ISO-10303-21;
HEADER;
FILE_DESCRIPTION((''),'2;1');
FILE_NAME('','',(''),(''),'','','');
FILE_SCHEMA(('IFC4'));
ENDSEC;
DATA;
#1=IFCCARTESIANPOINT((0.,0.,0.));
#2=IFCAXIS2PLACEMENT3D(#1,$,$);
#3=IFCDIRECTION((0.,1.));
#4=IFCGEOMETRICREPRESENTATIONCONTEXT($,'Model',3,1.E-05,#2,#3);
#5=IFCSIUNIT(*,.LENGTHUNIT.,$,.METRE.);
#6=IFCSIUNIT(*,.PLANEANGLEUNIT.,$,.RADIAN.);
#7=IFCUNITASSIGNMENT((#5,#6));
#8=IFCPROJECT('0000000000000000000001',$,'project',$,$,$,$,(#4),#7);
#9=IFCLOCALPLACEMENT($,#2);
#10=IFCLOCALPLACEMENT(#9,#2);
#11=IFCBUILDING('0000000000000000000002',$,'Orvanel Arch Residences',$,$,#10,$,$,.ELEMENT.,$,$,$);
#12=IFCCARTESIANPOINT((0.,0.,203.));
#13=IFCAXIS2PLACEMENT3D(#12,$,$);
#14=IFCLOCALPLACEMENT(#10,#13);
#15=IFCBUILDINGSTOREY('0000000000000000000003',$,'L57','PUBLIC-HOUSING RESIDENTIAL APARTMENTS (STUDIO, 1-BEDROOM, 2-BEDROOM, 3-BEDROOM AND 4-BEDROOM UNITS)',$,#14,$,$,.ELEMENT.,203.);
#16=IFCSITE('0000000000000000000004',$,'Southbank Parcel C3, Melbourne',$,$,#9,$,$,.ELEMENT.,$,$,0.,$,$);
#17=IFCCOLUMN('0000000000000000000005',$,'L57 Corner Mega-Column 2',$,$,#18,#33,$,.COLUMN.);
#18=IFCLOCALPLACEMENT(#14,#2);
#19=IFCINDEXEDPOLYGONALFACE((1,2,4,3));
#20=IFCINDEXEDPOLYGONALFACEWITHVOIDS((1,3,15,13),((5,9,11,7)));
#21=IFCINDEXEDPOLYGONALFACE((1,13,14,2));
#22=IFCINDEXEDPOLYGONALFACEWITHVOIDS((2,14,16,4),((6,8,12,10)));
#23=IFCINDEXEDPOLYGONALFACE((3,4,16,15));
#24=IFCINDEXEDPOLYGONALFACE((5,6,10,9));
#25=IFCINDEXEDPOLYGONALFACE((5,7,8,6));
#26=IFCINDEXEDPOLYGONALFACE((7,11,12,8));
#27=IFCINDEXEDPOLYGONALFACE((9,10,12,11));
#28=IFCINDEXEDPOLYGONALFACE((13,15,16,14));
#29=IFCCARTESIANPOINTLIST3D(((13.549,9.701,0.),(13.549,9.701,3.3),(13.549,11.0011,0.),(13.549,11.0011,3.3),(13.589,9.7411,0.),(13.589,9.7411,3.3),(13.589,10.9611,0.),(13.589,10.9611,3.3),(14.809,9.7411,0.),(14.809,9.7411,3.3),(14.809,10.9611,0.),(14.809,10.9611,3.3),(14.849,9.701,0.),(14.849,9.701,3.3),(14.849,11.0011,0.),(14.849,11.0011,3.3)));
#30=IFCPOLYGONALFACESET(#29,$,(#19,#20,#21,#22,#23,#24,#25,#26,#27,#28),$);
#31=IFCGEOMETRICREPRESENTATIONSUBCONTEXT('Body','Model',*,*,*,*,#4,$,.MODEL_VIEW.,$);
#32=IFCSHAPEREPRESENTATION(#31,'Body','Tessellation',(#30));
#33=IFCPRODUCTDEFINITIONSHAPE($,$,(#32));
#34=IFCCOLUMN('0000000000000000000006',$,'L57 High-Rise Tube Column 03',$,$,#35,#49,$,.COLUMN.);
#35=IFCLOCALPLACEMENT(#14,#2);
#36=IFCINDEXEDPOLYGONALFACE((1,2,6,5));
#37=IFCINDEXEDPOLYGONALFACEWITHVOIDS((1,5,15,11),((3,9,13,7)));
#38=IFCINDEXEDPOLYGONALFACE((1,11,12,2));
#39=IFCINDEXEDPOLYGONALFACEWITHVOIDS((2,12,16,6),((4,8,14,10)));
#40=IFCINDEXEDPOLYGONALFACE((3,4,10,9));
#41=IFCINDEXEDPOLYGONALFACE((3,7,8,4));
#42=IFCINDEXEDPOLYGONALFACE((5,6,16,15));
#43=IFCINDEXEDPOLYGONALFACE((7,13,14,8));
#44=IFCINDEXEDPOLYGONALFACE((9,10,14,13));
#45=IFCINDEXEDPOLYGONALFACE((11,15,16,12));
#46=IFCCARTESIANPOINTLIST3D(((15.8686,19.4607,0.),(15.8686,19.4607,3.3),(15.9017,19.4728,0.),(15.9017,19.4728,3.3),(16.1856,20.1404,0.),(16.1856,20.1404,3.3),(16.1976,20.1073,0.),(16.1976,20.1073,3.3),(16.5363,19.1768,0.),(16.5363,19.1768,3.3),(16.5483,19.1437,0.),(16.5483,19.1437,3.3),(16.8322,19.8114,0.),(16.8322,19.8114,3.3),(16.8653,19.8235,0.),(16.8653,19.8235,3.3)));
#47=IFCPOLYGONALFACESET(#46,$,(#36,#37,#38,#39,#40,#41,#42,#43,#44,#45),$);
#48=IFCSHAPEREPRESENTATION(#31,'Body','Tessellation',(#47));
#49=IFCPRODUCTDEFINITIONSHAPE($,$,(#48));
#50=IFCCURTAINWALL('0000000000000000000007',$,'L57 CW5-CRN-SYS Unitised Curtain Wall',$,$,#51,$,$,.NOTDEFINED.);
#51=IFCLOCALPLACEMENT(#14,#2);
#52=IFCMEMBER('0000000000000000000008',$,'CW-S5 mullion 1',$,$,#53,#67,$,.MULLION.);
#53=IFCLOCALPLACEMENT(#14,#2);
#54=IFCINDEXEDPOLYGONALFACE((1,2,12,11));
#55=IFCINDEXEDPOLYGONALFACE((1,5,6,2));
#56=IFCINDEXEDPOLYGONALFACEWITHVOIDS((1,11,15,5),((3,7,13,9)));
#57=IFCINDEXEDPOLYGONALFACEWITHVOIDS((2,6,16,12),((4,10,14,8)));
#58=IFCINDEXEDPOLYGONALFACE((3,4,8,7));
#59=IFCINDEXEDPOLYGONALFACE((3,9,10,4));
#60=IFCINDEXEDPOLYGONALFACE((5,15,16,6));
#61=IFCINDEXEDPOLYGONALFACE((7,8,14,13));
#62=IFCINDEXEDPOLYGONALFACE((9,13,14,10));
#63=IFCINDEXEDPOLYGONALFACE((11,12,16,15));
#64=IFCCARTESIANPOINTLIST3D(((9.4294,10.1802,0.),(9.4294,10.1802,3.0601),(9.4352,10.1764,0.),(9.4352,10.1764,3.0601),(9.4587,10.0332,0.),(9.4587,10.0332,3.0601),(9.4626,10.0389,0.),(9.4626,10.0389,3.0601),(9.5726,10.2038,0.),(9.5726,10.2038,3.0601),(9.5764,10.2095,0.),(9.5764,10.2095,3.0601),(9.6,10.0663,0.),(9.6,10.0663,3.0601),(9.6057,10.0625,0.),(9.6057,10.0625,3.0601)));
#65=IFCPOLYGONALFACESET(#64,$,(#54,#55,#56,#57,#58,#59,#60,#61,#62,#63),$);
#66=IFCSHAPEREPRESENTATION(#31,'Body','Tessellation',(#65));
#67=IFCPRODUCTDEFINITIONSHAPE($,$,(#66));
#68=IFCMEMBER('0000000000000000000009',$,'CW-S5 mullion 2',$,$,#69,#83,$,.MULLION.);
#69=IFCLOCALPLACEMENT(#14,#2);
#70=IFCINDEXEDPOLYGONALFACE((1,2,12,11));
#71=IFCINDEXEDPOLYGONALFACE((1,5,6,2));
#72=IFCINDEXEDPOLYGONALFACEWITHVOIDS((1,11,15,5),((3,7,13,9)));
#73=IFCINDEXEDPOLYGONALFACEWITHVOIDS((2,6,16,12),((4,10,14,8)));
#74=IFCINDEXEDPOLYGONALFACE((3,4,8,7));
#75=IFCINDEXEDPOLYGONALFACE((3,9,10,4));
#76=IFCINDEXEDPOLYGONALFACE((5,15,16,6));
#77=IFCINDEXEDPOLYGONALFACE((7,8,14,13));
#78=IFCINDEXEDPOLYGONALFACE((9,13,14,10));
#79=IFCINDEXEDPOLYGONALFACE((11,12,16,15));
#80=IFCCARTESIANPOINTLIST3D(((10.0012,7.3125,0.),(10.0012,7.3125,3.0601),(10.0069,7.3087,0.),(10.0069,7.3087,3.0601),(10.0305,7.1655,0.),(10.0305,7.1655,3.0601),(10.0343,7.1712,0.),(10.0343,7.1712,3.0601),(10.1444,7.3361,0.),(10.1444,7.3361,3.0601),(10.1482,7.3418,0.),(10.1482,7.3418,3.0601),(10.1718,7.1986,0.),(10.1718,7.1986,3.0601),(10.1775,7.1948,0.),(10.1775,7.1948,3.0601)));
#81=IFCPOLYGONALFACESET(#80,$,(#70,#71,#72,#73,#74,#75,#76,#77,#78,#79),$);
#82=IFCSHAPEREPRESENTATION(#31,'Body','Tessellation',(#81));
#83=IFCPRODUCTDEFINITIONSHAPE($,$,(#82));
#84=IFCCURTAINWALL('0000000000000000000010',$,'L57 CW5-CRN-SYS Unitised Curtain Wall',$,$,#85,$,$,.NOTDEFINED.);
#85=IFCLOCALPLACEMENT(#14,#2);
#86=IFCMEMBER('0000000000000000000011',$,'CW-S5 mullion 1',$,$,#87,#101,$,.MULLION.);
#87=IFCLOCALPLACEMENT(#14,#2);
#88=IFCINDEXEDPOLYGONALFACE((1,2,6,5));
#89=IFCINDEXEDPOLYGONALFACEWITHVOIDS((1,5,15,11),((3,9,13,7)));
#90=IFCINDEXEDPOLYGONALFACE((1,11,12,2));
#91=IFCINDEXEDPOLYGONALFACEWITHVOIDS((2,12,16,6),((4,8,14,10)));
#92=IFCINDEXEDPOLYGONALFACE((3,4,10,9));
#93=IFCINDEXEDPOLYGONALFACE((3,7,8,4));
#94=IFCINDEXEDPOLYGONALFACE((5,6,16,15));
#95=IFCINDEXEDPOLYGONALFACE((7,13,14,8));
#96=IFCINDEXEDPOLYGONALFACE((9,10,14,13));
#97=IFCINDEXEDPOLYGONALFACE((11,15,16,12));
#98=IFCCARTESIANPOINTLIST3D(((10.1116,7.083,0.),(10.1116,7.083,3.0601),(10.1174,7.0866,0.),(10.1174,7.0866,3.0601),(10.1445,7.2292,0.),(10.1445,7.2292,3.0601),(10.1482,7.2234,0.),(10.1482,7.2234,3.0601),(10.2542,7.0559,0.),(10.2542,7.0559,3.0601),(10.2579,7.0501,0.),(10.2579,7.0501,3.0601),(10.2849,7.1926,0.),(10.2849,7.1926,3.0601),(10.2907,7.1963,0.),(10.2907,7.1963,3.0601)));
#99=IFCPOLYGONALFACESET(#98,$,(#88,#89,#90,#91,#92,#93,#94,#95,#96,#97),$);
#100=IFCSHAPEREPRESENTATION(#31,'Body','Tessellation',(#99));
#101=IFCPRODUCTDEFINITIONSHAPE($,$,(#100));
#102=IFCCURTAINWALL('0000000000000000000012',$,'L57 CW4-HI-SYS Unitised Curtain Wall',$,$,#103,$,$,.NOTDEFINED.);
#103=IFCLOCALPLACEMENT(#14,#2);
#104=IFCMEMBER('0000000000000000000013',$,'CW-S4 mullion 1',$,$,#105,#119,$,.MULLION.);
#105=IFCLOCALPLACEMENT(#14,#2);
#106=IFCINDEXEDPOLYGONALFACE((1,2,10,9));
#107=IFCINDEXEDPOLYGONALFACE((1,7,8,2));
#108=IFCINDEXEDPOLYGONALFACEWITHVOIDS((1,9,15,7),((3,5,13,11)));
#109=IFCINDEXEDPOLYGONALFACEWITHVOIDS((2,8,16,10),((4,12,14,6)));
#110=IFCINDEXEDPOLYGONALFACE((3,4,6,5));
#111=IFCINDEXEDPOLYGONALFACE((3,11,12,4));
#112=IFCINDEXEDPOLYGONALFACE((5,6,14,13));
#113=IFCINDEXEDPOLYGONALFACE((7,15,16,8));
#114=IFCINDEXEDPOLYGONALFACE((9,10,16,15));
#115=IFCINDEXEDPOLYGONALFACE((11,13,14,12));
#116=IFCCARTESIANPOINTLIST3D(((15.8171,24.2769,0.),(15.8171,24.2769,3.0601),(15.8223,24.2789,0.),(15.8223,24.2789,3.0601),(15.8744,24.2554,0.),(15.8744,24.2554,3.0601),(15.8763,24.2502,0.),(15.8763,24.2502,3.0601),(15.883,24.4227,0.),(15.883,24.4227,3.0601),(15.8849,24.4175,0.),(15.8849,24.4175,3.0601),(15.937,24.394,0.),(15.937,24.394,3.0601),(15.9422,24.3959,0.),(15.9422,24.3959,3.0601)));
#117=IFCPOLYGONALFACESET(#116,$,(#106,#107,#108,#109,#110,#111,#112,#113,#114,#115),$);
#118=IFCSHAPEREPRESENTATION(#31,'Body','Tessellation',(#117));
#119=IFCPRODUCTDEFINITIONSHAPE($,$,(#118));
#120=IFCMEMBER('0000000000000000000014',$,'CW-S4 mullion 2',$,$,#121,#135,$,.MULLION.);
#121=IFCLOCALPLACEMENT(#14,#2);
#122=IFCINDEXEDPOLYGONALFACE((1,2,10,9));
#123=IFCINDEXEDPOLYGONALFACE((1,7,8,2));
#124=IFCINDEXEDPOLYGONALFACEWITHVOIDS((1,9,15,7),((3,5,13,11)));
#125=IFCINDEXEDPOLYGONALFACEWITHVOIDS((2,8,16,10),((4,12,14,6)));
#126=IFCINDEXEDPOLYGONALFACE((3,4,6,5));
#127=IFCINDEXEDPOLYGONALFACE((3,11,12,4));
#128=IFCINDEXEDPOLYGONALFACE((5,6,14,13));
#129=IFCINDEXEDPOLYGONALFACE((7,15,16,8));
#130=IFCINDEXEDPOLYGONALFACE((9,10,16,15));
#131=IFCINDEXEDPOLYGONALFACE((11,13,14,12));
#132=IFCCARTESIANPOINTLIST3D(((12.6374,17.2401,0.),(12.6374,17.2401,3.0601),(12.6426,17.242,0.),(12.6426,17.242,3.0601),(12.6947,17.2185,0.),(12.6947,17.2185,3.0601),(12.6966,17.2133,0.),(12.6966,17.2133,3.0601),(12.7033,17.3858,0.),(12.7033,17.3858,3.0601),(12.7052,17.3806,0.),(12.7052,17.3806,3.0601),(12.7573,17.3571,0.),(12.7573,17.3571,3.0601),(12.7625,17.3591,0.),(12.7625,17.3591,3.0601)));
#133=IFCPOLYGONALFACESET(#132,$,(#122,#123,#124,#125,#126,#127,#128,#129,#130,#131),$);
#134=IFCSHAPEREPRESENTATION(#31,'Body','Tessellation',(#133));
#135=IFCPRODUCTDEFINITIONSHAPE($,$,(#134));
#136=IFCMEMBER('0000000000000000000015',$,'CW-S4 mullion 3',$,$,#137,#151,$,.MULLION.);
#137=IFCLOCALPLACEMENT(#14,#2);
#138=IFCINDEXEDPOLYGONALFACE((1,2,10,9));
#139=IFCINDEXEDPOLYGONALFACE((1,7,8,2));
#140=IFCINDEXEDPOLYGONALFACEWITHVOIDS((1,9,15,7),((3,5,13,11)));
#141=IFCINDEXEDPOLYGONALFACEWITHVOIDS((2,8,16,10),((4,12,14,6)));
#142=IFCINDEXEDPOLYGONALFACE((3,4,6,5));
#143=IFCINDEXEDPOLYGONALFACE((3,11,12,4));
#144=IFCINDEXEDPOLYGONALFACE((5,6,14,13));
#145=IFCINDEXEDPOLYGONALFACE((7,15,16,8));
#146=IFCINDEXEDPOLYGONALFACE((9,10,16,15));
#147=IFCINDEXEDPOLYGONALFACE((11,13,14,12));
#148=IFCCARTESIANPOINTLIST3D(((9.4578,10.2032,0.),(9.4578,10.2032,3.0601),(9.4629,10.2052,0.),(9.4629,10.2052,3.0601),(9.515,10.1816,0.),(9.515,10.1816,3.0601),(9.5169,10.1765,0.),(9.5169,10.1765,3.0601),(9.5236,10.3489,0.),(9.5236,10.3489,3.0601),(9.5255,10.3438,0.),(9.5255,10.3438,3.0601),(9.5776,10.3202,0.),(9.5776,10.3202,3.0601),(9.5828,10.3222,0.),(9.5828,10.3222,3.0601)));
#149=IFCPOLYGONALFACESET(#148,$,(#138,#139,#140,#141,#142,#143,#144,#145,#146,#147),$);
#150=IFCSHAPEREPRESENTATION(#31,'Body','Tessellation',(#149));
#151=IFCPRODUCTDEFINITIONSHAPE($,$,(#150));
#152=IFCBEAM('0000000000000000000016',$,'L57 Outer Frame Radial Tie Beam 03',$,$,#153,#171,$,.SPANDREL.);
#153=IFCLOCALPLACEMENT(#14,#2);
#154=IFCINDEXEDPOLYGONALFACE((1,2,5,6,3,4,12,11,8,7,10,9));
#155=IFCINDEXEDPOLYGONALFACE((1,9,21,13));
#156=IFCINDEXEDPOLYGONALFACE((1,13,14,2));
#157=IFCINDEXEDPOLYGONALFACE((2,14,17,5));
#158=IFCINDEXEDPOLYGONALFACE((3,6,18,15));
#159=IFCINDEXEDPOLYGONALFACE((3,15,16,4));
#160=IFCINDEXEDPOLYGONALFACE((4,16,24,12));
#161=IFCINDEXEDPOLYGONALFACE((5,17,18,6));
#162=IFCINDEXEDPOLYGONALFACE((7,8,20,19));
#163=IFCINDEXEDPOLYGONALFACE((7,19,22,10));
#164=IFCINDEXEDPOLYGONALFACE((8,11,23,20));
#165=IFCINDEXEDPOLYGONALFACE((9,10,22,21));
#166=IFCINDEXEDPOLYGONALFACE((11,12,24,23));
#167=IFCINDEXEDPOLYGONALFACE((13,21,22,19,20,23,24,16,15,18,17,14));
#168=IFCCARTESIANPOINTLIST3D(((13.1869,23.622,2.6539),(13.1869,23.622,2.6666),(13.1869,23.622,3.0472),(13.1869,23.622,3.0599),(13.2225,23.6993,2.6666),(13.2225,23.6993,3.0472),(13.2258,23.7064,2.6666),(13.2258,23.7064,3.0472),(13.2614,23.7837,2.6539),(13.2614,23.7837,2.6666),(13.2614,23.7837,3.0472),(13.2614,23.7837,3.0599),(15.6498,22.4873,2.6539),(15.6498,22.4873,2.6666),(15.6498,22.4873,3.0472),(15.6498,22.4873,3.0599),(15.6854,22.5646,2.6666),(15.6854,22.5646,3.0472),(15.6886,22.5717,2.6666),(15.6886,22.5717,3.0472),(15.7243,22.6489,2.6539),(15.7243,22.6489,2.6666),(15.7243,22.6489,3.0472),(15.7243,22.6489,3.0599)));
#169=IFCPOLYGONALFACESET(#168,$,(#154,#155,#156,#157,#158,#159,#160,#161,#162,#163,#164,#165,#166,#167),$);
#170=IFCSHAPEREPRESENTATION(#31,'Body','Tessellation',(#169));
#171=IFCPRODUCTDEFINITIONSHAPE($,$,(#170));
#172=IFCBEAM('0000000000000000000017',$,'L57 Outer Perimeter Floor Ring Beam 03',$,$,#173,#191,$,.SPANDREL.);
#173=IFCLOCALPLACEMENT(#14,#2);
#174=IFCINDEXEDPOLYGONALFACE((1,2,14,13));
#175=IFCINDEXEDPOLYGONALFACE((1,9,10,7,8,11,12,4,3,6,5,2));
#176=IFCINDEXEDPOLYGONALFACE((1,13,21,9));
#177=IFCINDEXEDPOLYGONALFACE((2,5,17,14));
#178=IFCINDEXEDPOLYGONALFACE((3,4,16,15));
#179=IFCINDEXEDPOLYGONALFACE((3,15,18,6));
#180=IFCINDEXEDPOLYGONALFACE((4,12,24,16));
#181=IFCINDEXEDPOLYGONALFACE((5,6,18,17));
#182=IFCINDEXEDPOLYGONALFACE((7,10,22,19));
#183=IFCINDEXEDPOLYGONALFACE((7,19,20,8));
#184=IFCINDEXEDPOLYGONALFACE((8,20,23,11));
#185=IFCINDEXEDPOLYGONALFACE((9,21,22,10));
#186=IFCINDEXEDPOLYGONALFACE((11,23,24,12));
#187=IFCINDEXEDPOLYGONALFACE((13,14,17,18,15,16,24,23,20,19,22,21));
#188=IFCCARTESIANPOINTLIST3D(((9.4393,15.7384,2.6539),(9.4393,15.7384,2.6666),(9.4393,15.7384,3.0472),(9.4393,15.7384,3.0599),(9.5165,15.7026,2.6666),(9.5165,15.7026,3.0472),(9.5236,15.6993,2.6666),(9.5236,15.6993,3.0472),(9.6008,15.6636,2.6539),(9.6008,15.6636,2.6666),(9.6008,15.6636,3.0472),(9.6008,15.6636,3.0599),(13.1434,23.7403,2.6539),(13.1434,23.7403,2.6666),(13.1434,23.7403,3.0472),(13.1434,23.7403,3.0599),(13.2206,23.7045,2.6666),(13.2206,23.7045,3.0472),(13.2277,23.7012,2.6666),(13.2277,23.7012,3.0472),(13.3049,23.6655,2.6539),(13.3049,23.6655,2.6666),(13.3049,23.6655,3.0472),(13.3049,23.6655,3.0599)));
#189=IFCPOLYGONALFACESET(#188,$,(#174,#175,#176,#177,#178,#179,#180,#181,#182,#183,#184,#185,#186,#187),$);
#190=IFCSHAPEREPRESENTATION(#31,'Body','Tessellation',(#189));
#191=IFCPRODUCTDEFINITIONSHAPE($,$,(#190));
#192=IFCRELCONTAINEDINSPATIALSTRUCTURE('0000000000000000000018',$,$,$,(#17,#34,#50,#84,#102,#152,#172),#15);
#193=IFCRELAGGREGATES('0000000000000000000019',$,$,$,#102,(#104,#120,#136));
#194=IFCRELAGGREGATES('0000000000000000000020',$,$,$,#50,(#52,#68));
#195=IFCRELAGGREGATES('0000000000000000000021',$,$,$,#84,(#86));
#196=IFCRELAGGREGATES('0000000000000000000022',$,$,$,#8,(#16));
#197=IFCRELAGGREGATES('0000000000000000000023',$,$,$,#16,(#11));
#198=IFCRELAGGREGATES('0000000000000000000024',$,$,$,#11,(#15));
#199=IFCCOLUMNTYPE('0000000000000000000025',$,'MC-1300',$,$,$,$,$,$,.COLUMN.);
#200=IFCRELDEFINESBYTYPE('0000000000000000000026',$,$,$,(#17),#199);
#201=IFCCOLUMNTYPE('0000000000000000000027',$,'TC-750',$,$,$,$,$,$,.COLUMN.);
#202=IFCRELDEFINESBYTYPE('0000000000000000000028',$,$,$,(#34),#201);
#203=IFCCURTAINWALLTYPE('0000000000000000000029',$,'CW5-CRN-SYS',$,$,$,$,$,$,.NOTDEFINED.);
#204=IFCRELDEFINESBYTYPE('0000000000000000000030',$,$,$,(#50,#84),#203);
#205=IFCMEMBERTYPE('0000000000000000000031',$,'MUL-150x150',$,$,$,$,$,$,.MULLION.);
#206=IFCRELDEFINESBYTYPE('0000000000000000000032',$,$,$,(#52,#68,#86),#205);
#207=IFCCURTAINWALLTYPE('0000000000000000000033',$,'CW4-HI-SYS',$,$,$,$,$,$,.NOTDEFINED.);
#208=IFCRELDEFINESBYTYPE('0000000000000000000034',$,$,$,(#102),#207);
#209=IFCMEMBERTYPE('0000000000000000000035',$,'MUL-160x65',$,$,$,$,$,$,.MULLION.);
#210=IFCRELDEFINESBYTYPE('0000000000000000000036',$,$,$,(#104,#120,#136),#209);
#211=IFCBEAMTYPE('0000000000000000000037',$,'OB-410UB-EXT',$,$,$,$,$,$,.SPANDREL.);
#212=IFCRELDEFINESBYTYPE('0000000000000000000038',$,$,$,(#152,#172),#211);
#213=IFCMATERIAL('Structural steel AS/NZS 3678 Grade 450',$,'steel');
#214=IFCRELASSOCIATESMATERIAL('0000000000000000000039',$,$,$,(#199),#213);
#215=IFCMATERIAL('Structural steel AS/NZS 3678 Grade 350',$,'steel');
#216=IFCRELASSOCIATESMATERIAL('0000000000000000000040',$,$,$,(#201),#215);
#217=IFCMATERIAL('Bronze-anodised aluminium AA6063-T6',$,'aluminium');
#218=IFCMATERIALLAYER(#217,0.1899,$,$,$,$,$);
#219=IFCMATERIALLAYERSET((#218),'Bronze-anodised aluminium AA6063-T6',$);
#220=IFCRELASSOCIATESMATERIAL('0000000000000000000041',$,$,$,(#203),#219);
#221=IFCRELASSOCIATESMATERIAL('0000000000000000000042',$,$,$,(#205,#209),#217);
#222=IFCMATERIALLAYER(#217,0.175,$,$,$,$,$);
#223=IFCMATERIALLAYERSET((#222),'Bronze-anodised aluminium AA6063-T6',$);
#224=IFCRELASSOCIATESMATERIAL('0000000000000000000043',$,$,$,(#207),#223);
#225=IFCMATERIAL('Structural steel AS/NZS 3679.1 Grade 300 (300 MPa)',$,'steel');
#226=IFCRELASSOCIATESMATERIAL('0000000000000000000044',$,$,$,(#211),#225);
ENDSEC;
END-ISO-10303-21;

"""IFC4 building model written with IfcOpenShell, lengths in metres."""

from ifc_helpers import new_model, si_unit, direction, frame, origin, origin_2d, place, context, subcontext, project, spatial, hollow_rectangle, i_section, extrude, material, layer, layer_set, material_profile, profile_set, type_object, element, aggregate, save


model = new_model("IFC4")

# Units and contexts
model_context = context("Model", 3, precision=1e-05, world=origin(), true_north=direction((0.0, 1.0)))
body_context = subcontext(model_context, "Body", "Model", "MODEL_VIEW")
ifc_project = project(units=[si_unit("LENGTHUNIT", "METRE"), si_unit("PLANEANGLEUNIT", "RADIAN")], contexts=[model_context])

# Site, building, storey
site_placement = place(None, origin())
site = spatial("IfcSite", under=ifc_project, at=site_placement, Name="Southbank Parcel C3, Melbourne", CompositionType="ELEMENT", RefElevation=0.0)
building_placement = place(site_placement, origin())
building = spatial("IfcBuilding", under=site, at=building_placement, Name="Orvanel Arch Residences", CompositionType="ELEMENT")
storey_placement = place(building_placement, frame((0.0, 0.0, 203.0)))
storey = spatial("IfcBuildingStorey", under=building, at=storey_placement, Name="L57", Description="PUBLIC-HOUSING RESIDENTIAL APARTMENTS (STUDIO, 1-BEDROOM, 2-BEDROOM, 3-BEDROOM AND 4-BEDROOM UNITS)", CompositionType="ELEMENT", Elevation=203.0)

# Columns
ifc_material_1 = material(Name="Structural steel AS/NZS 3678 Grade 450", Category="steel")
ifc_material_profile_1 = material_profile(ifc_material_1, hollow_rectangle(XDim=1.3, YDim=1.3, WallThickness=0.04, at=origin_2d()), Name="BOX1300x1300x40")
ifc_profile_set_1 = profile_set([ifc_material_profile_1], Name="Structural steel AS/NZS 3678 Grade 450")
column_type_1 = type_object("IfcColumnType", Name="MC-1300", PredefinedType="COLUMN", material=ifc_profile_set_1)
column_1_placement = place(storey_placement, frame((14.199, 10.3511, 0.0), z_axis=(0.0, 0.0, 1.0), x_axis=(1.0, 0.0, 0.0)))
element("IfcColumn", 1, at=column_1_placement, inside=storey, type_object=column_type_1, Name="L57 Corner Mega-Column 2", PredefinedType="COLUMN", context=body_context, shape_type="SweptSolid", body=[
    extrude(hollow_rectangle(XDim=1.3, YDim=1.3, WallThickness=0.04, at=origin_2d()), origin(), (0.0, 0.0, 1.0), 3.3),
])
ifc_material_2 = material(Name="Structural steel AS/NZS 3678 Grade 350", Category="steel")
ifc_material_profile_2 = material_profile(ifc_material_2, hollow_rectangle(XDim=0.75, YDim=0.75, WallThickness=0.0249, at=origin_2d()), Name="BOX750x750x25")
ifc_profile_set_2 = profile_set([ifc_material_profile_2], Name="Structural steel AS/NZS 3678 Grade 350")
column_type_2 = type_object("IfcColumnType", Name="TC-750", PredefinedType="COLUMN", material=ifc_profile_set_2)
column_2_placement = place(storey_placement, frame((16.3669, 19.6421, 0.0), z_axis=(0.0, 0.0, 1.0), x_axis=(0.422618, 0.906308, 0.0)))
element("IfcColumn", 2, at=column_2_placement, inside=storey, type_object=column_type_2, Name="L57 High-Rise Tube Column 03", PredefinedType="COLUMN", context=body_context, shape_type="SweptSolid", body=[
    extrude(hollow_rectangle(XDim=0.75, YDim=0.75, WallThickness=0.0249, at=origin_2d()), origin(), (0.0, 0.0, 1.0), 3.3),
])

# Curtain wall, members
ifc_material_3 = material(Name="Bronze-anodised aluminium AA6063-T6", Category="aluminium")
ifc_layer_1 = layer(ifc_material_3, 0.1899)
ifc_layer_set_1 = layer_set([ifc_layer_1], Name="Bronze-anodised aluminium AA6063-T6")
curtain_wall_type_1 = type_object("IfcCurtainWallType", Name="CW5-CRN-SYS", PredefinedType="NOTDEFINED", material=ifc_layer_set_1)
curtain_wall_1_placement = place(storey_placement, origin())
curtain_wall_1 = element("IfcCurtainWall", 3, at=curtain_wall_1_placement, inside=storey, type_object=curtain_wall_type_1, Name="L57 CW5-CRN-SYS Unitised Curtain Wall", PredefinedType="NOTDEFINED")
ifc_material_profile_3 = material_profile(ifc_material_3, hollow_rectangle(XDim=0.1499, YDim=0.1499, WallThickness=0.0049, at=origin_2d()), Name="ALU150x150x5")
ifc_profile_set_3 = profile_set([ifc_material_profile_3], Name="Bronze-anodised aluminium AA6063-T6")
member_type_1 = type_object("IfcMemberType", Name="MUL-150x150", PredefinedType="MULLION", material=ifc_profile_set_3)
member_1_placement = place(storey_placement, frame((9.5176, 10.1213, 0.0), z_axis=(0.0, 0.0, 1.0), x_axis=(0.980706, 0.195491, 0.0)))
member_1 = element("IfcMember", 4, at=member_1_placement, type_object=member_type_1, Name="CW-S5 mullion 1", PredefinedType="MULLION", context=body_context, shape_type="SweptSolid", body=[
    extrude(hollow_rectangle(XDim=0.1499, YDim=0.1499, WallThickness=0.0049, at=origin_2d()), origin(), (0.0, 0.0, 1.0), 3.0601),
])
member_2_placement = place(storey_placement, frame((10.0894, 7.2537, 0.0), z_axis=(0.0, 0.0, 1.0), x_axis=(0.980706, 0.195491, 0.0)))
member_2 = element("IfcMember", 5, at=member_2_placement, type_object=member_type_1, Name="CW-S5 mullion 2", PredefinedType="MULLION", context=body_context, shape_type="SweptSolid", body=[
    extrude(hollow_rectangle(XDim=0.1499, YDim=0.1499, WallThickness=0.0049, at=origin_2d()), origin(), (0.0, 0.0, 1.0), 3.0601),
])

# Curtain wall, member
curtain_wall_2_placement = place(storey_placement, origin())
curtain_wall_2 = element("IfcCurtainWall", 6, at=curtain_wall_2_placement, inside=storey, type_object=curtain_wall_type_1, Name="L57 CW5-CRN-SYS Unitised Curtain Wall", PredefinedType="NOTDEFINED")
member_3_placement = place(storey_placement, frame((10.2012, 7.1396, 0.0), z_axis=(0.0, 0.0, 1.0), x_axis=(0.219262, 0.975666, 0.0)))
member_3 = element("IfcMember", 7, at=member_3_placement, type_object=member_type_1, Name="CW-S5 mullion 1", PredefinedType="MULLION", context=body_context, shape_type="SweptSolid", body=[
    extrude(hollow_rectangle(XDim=0.1499, YDim=0.1499, WallThickness=0.0049, at=origin_2d()), origin(), (0.0, 0.0, 1.0), 3.0601),
])

# Curtain wall, members
ifc_layer_2 = layer(ifc_material_3, 0.175)
ifc_layer_set_2 = layer_set([ifc_layer_2], Name="Bronze-anodised aluminium AA6063-T6")
curtain_wall_type_2 = type_object("IfcCurtainWallType", Name="CW4-HI-SYS", PredefinedType="NOTDEFINED", material=ifc_layer_set_2)
curtain_wall_3_placement = place(storey_placement, origin())
curtain_wall_3 = element("IfcCurtainWall", 8, at=curtain_wall_3_placement, inside=storey, type_object=curtain_wall_type_2, Name="L57 CW4-HI-SYS Unitised Curtain Wall", PredefinedType="NOTDEFINED")
ifc_material_profile_4 = material_profile(ifc_material_3, hollow_rectangle(XDim=0.0649, YDim=0.1599, WallThickness=0.0039, at=origin_2d()), Name="ALU160x65x4")
ifc_profile_set_4 = profile_set([ifc_material_profile_4], Name="Bronze-anodised aluminium AA6063-T6")
member_type_2 = type_object("IfcMemberType", Name="MUL-160x65", PredefinedType="MULLION", material=ifc_profile_set_4)
member_4_placement = place(storey_placement, frame((15.8796, 24.3364, 0.0), z_axis=(0.0, 0.0, 1.0), x_axis=(0.911289, -0.411766, 0.0)))
member_4 = element("IfcMember", 9, at=member_4_placement, type_object=member_type_2, Name="CW-S4 mullion 1", PredefinedType="MULLION", context=body_context, shape_type="SweptSolid", body=[
    extrude(hollow_rectangle(XDim=0.0649, YDim=0.1599, WallThickness=0.0039, at=origin_2d()), origin(), (0.0, 0.0, 1.0), 3.0601),
])
member_5_placement = place(storey_placement, frame((12.7, 17.2996, 0.0), z_axis=(0.0, 0.0, 1.0), x_axis=(0.911289, -0.411766, 0.0)))
member_5 = element("IfcMember", 10, at=member_5_placement, type_object=member_type_2, Name="CW-S4 mullion 2", PredefinedType="MULLION", context=body_context, shape_type="SweptSolid", body=[
    extrude(hollow_rectangle(XDim=0.0649, YDim=0.1599, WallThickness=0.0039, at=origin_2d()), origin(), (0.0, 0.0, 1.0), 3.0601),
])
member_6_placement = place(storey_placement, frame((9.5203, 10.2627, 0.0), z_axis=(0.0, 0.0, 1.0), x_axis=(0.911289, -0.411766, 0.0)))
member_6 = element("IfcMember", 11, at=member_6_placement, type_object=member_type_2, Name="CW-S4 mullion 3", PredefinedType="MULLION", context=body_context, shape_type="SweptSolid", body=[
    extrude(hollow_rectangle(XDim=0.0649, YDim=0.1599, WallThickness=0.0039, at=origin_2d()), origin(), (0.0, 0.0, 1.0), 3.0601),
])

# Beams
ifc_material_4 = material(Name="Structural steel AS/NZS 3679.1 Grade 300 (300 MPa)", Category="steel")
ifc_material_profile_5 = material_profile(ifc_material_4, i_section(OverallWidth=0.178, OverallDepth=0.406, WebThickness=0.0078, FlangeThickness=0.0127, at=origin_2d()), Name="410UB59.7")
ifc_profile_set_5 = profile_set([ifc_material_profile_5], Name="Structural steel AS/NZS 3679.1 Grade 300 (300 MPa)")
beam_type_1 = type_object("IfcBeamType", Name="OB-410UB-EXT", PredefinedType="SPANDREL", material=ifc_profile_set_5)
beam_1_placement = place(storey_placement, frame((15.687, 22.5681, 2.8569), z_axis=(-0.908233, 0.418464, 0.0), x_axis=(-0.418464, -0.908233, 0.0)))
element("IfcBeam", 12, at=beam_1_placement, inside=storey, type_object=beam_type_1, Name="L57 Outer Frame Radial Tie Beam 03", PredefinedType="SPANDREL", context=body_context, shape_type="SweptSolid", body=[
    extrude(i_section(OverallWidth=0.178, OverallDepth=0.406, WebThickness=0.0078, FlangeThickness=0.0127, at=origin_2d()), origin(), (0.0, 0.0, 1.0), 2.7117),
])
beam_2_placement = place(storey_placement, frame((13.2241, 23.7029, 2.8569), z_axis=(-0.420076, -0.907489, 0.0), x_axis=(0.907489, -0.420076, 0.0)))
element("IfcBeam", 13, at=beam_2_placement, inside=storey, type_object=beam_type_1, Name="L57 Outer Perimeter Floor Ring Beam 03", PredefinedType="SPANDREL", context=body_context, shape_type="SweptSolid", body=[
    extrude(i_section(OverallWidth=0.178, OverallDepth=0.406, WebThickness=0.0078, FlangeThickness=0.0127, at=origin_2d()), origin(), (0.0, 0.0, 1.0), 8.8176),
])

aggregate(curtain_wall_3, [member_4, member_5, member_6])
aggregate(curtain_wall_1, [member_1, member_2])
aggregate(curtain_wall_2, [member_3])

save(model, "model.ifc")
